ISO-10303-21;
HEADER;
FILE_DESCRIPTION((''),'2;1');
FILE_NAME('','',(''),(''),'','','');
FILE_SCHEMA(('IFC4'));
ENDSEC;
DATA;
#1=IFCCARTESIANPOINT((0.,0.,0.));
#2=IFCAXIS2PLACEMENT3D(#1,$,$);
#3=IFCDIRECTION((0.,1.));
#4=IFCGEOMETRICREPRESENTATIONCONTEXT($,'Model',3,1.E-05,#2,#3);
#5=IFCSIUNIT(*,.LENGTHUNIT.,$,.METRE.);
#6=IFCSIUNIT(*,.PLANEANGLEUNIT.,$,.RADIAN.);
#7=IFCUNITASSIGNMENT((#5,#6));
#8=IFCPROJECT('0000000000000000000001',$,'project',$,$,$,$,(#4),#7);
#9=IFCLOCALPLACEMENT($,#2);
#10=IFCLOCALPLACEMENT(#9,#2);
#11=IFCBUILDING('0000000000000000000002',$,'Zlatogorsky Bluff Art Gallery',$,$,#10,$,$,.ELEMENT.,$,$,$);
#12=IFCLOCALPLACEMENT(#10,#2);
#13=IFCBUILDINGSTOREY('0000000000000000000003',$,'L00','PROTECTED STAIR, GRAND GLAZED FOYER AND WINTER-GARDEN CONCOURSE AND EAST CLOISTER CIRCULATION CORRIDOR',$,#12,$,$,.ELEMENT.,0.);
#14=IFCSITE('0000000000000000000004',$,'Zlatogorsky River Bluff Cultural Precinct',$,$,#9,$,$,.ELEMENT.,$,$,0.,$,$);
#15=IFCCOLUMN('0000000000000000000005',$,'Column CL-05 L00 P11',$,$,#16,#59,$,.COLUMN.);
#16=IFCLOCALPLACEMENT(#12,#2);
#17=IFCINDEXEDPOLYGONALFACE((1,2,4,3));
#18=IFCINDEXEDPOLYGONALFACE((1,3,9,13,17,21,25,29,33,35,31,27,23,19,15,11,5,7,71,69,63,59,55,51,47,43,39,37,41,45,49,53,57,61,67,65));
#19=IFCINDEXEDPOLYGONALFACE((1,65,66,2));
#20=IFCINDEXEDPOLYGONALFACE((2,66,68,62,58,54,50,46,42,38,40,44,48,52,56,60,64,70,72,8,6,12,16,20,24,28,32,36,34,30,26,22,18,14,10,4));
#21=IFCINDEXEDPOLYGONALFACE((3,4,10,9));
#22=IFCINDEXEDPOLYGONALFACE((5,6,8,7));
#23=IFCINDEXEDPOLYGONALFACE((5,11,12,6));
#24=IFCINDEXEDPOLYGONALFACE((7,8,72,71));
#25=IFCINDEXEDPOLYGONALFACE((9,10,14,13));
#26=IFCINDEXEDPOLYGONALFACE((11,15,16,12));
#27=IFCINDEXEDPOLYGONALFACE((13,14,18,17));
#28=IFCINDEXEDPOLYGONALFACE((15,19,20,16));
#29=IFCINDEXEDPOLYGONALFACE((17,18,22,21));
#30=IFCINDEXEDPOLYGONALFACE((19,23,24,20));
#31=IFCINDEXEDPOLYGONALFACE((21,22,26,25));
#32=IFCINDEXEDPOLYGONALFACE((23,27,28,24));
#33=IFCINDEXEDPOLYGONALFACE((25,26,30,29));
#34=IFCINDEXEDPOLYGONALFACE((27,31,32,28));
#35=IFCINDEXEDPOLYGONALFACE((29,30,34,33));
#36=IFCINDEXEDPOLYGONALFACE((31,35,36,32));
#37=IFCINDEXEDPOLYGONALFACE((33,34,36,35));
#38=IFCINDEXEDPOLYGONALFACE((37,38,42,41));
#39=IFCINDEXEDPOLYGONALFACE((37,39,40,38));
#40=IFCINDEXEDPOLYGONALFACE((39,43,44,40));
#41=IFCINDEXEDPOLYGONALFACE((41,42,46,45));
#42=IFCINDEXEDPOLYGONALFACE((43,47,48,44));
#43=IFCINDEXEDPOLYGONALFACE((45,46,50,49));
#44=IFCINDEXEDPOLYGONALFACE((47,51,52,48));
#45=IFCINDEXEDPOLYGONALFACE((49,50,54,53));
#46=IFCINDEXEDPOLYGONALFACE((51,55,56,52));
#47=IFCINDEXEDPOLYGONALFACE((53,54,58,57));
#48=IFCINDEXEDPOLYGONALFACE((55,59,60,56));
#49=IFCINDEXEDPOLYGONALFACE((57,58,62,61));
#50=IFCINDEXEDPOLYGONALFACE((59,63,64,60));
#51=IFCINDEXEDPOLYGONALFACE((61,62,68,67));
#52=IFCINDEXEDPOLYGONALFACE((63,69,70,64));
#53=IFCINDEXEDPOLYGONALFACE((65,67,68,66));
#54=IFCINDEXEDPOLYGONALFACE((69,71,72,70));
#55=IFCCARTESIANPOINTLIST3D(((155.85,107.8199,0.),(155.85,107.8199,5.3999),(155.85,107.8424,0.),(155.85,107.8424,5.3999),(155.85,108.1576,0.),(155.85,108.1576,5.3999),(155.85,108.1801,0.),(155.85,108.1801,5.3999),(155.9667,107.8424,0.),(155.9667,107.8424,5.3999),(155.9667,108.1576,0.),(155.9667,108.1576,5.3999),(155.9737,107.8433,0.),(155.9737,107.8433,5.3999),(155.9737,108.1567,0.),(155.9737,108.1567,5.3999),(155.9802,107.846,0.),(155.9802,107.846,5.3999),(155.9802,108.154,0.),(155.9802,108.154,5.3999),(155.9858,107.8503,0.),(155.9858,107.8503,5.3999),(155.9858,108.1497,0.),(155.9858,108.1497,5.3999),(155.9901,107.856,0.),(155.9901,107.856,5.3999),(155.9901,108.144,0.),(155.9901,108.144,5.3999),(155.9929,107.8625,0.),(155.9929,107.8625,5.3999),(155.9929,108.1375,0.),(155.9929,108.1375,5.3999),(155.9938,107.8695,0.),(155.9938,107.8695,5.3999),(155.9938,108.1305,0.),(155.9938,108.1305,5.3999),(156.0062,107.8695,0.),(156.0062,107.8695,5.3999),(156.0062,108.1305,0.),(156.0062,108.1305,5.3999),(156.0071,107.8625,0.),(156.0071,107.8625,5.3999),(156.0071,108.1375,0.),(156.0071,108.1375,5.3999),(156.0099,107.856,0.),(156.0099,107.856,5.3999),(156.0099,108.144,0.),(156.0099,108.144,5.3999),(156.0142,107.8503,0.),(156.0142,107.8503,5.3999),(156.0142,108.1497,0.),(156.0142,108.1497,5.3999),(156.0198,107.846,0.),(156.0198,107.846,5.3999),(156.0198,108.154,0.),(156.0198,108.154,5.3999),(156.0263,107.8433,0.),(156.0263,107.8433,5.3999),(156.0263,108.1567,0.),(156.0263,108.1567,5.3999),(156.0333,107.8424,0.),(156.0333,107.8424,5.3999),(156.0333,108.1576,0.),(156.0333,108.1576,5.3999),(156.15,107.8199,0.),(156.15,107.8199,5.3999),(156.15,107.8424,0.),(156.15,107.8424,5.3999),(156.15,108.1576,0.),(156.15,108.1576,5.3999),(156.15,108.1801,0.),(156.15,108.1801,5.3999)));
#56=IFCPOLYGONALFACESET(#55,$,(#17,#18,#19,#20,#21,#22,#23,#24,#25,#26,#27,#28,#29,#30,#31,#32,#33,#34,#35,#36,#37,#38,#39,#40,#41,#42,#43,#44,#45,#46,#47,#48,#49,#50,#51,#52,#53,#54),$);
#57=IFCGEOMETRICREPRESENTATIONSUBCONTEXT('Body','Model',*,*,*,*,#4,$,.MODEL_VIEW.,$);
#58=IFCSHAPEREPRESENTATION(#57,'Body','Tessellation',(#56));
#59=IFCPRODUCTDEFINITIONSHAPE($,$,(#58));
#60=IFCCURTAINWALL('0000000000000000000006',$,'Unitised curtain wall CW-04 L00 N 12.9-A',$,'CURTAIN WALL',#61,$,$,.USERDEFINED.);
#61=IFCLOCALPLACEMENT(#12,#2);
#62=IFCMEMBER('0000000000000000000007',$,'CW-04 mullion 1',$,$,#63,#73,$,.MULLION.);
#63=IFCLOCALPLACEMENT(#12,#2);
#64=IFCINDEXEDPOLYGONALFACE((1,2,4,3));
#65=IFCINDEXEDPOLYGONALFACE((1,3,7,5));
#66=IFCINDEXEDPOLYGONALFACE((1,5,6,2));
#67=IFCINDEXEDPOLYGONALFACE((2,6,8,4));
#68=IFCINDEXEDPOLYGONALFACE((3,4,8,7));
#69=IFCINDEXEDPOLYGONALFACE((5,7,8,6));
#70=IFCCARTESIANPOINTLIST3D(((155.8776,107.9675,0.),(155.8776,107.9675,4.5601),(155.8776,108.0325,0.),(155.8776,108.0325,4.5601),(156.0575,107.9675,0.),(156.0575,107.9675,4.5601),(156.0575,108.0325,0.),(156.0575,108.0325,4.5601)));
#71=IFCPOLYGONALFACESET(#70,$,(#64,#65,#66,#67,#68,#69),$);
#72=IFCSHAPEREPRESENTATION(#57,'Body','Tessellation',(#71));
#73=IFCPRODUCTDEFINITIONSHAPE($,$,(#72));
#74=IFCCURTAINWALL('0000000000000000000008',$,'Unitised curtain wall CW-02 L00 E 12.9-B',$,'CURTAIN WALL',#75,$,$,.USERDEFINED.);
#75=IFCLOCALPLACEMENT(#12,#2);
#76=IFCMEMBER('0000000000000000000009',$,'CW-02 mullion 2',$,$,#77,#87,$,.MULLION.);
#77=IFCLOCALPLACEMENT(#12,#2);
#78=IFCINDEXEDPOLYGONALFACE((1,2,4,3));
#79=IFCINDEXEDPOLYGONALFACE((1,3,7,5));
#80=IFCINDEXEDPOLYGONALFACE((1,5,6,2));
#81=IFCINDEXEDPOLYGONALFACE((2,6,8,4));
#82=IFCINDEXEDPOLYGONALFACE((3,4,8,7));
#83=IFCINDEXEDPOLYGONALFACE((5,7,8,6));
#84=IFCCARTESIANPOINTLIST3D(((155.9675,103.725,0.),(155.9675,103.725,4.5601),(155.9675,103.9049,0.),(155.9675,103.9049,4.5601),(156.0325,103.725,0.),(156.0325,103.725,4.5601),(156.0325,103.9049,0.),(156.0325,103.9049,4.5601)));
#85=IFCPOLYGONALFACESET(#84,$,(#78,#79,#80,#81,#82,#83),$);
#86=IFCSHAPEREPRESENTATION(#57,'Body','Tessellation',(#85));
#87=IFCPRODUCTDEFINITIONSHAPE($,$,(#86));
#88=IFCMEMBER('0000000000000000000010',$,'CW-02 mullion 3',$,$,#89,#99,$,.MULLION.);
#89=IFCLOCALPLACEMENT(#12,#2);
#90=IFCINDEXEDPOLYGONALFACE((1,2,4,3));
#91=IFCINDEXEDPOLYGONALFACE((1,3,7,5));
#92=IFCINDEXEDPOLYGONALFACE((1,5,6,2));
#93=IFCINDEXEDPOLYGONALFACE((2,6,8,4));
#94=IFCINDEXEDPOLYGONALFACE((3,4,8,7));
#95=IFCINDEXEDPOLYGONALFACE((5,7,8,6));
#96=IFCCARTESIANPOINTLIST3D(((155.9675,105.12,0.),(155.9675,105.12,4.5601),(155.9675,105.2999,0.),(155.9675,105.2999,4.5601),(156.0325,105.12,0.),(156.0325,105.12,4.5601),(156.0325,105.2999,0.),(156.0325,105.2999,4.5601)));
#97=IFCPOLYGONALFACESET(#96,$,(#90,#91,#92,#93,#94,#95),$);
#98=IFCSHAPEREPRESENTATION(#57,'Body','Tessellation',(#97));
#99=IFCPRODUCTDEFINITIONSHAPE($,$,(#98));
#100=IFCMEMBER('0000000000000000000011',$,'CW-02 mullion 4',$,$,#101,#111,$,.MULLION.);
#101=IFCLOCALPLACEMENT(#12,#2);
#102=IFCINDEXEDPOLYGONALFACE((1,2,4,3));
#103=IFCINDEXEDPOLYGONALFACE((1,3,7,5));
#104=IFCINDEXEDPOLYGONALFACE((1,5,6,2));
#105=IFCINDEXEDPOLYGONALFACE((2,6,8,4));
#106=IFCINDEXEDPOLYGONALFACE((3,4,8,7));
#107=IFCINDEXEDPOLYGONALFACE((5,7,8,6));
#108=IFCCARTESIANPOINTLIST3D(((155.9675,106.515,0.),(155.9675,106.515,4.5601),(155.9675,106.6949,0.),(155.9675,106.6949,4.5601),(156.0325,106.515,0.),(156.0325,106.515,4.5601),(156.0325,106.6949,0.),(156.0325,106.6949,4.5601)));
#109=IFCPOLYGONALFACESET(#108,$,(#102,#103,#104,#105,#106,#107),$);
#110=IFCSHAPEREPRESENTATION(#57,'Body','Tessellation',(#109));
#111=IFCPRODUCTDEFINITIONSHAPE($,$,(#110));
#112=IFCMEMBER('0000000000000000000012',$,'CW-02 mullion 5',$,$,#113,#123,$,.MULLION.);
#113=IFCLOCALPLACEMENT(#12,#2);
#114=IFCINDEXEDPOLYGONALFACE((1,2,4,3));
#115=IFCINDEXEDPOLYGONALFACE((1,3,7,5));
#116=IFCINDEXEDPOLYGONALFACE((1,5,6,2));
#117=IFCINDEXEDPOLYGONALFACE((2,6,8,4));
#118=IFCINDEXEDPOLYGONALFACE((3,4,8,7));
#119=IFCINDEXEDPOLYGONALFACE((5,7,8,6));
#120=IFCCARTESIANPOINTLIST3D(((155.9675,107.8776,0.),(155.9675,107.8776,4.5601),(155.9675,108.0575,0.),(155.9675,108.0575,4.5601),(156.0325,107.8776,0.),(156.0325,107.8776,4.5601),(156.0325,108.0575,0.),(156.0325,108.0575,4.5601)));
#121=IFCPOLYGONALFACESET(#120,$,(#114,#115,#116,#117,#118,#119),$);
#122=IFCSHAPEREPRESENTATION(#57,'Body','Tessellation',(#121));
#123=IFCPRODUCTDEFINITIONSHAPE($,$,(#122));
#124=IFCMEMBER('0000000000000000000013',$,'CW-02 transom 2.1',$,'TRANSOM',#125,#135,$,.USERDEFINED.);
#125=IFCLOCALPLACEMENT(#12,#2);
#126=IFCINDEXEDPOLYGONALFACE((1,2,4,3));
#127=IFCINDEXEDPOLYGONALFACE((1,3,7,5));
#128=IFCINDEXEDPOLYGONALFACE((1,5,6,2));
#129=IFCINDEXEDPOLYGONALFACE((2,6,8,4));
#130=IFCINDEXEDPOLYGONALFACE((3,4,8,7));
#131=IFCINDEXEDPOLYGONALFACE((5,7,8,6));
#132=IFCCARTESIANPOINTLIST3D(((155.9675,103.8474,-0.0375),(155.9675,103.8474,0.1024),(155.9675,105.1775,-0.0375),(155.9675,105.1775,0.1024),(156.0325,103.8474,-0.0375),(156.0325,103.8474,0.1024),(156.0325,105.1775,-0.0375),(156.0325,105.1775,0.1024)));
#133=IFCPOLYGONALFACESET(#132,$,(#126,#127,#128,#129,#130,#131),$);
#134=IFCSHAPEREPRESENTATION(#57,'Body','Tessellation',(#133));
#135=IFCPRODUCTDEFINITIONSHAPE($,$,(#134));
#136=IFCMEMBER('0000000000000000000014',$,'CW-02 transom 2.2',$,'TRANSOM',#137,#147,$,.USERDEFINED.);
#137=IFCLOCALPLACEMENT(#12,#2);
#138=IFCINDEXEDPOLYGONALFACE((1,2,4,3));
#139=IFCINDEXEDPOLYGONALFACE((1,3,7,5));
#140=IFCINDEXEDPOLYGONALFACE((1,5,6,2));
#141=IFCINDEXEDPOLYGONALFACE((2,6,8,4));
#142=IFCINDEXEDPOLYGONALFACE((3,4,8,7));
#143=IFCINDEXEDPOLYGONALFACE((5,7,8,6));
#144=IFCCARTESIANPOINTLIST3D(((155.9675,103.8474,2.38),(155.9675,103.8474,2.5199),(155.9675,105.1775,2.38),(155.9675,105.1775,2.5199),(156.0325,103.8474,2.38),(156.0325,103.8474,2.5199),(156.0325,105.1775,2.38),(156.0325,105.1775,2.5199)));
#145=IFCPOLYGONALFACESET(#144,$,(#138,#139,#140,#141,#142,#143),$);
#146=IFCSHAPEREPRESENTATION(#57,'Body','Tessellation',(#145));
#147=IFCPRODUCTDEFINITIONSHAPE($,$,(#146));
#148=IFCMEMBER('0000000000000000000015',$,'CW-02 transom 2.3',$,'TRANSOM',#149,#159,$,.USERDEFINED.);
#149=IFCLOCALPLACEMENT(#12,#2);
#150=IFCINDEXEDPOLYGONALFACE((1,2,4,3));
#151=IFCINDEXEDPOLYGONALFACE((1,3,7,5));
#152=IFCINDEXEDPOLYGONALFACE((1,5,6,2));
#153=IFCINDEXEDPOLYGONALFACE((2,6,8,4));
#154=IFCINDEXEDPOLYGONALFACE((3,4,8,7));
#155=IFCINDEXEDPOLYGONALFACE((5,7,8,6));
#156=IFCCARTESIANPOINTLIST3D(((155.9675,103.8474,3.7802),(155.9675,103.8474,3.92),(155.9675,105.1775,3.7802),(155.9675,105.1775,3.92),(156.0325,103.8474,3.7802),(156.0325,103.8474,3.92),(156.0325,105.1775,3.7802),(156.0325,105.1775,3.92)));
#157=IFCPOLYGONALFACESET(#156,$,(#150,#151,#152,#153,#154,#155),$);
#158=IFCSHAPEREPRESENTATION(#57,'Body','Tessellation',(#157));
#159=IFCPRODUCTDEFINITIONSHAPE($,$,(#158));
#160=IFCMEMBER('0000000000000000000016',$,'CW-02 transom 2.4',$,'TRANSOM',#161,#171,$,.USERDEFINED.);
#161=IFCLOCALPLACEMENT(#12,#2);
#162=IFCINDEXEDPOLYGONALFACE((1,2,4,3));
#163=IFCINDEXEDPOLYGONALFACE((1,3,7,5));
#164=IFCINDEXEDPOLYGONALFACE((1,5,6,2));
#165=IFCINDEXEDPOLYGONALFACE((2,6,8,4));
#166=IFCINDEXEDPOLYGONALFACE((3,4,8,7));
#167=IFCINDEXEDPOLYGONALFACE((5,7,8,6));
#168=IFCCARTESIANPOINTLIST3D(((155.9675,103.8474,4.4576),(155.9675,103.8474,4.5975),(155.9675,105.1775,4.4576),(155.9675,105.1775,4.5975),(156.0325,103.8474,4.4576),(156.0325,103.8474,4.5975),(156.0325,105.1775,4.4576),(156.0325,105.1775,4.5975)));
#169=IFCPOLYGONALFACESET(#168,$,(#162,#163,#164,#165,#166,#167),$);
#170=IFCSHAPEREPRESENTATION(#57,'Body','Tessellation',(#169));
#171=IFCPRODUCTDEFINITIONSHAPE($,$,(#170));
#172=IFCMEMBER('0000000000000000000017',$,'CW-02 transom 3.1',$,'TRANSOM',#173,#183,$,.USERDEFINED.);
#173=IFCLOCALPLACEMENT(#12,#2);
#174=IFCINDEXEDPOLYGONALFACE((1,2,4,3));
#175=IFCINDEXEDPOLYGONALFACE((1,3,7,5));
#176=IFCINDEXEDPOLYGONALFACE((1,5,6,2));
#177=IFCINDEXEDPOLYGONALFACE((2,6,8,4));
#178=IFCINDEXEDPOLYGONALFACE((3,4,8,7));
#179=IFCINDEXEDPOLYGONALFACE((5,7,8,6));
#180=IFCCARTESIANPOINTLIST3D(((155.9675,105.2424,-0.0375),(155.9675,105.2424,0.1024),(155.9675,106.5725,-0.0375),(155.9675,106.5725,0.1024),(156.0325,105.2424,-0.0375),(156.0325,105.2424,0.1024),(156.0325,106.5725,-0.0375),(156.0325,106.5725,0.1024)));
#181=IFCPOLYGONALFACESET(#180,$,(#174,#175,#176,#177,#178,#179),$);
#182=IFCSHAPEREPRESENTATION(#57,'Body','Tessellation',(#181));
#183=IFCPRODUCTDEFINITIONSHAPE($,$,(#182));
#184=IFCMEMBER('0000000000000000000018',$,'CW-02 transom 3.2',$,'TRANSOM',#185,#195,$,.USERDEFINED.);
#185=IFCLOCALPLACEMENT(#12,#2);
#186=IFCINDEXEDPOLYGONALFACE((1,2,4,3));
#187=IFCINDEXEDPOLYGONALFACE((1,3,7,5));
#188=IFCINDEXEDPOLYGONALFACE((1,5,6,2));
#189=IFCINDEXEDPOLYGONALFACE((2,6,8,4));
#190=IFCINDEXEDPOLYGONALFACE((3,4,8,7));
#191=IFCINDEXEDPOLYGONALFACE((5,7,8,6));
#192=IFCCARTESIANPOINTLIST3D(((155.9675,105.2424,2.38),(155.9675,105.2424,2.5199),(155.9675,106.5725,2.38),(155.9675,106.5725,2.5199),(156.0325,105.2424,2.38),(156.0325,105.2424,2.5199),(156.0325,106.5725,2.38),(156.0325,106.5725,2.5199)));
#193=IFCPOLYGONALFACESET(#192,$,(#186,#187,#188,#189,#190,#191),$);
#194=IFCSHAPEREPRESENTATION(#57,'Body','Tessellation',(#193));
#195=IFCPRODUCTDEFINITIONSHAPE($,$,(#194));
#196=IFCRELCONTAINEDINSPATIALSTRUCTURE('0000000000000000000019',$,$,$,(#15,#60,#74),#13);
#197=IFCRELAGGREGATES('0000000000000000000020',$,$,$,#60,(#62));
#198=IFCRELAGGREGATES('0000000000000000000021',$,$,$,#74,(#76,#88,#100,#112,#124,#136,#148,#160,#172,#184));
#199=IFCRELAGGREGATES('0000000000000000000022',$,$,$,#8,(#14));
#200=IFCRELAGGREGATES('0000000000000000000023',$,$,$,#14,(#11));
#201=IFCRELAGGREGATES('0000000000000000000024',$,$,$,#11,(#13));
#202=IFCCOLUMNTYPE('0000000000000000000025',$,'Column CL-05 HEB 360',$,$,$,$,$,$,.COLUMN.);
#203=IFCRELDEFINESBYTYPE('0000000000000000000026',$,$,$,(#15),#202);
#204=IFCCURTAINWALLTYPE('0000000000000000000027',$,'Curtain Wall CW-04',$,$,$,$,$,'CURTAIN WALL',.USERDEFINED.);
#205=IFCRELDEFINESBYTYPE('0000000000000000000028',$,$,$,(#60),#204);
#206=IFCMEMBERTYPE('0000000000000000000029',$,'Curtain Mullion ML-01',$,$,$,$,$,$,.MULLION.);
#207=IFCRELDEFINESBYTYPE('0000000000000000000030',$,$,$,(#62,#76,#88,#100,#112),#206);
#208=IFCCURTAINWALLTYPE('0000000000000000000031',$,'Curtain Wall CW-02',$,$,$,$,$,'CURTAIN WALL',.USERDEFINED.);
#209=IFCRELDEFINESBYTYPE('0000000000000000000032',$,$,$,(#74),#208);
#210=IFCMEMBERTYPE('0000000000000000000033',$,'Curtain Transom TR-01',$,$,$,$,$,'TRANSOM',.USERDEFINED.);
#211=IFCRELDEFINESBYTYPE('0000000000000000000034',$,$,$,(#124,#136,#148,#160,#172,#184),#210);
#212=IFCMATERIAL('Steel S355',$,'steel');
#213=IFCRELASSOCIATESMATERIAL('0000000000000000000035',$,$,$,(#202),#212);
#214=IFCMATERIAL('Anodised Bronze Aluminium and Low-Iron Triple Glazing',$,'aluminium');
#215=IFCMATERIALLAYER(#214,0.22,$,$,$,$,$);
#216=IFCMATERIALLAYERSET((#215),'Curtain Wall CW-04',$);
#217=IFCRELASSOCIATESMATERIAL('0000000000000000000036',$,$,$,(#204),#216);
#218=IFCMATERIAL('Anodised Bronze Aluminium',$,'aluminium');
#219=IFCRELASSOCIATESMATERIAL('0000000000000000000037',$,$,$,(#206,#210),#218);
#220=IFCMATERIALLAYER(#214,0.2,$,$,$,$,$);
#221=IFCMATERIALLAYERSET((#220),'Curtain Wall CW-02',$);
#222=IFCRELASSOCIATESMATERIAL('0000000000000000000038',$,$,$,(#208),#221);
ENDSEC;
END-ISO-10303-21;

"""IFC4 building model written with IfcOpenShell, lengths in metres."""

from ifc_helpers import new_model, si_unit, direction, frame, origin, origin_2d, place, context, subcontext, project, spatial, rectangle, i_section, extrude, material, layer, layer_set, material_profile, profile_set, type_object, element, aggregate, save


model = new_model("IFC4")

# Units and contexts
model_context = context("Model", 3, precision=1e-05, world=origin(), true_north=direction((0.0, 1.0)))
body_context = subcontext(model_context, "Body", "Model", "MODEL_VIEW")
ifc_project = project(units=[si_unit("LENGTHUNIT", "METRE"), si_unit("PLANEANGLEUNIT", "RADIAN")], contexts=[model_context])

# Site, building, storey
site_placement = place(None, origin())
site = spatial("IfcSite", under=ifc_project, at=site_placement, Name="Zlatogorsky River Bluff Cultural Precinct", CompositionType="ELEMENT", RefElevation=0.0)
building_placement = place(site_placement, origin())
building = spatial("IfcBuilding", under=site, at=building_placement, Name="Zlatogorsky Bluff Art Gallery", CompositionType="ELEMENT")
storey_placement = place(building_placement, origin())
storey = spatial("IfcBuildingStorey", under=building, at=storey_placement, Name="L00", Description="PROTECTED STAIR, GRAND GLAZED FOYER AND WINTER-GARDEN CONCOURSE AND EAST CLOISTER CIRCULATION CORRIDOR", CompositionType="ELEMENT", Elevation=0.0)

# Column
ifc_material_1 = material(Name="Steel S355", Category="steel")
ifc_material_profile_1 = material_profile(ifc_material_1, i_section(OverallWidth=0.3, OverallDepth=0.3601, WebThickness=0.0125, FlangeThickness=0.0225, FilletRadius=0.0271, at=origin_2d()), Name="HEB 360")
ifc_profile_set_1 = profile_set([ifc_material_profile_1], Name="Steel S355")
column_type = type_object("IfcColumnType", Name="Column CL-05 HEB 360", PredefinedType="COLUMN", material=ifc_profile_set_1)
column_placement = place(storey_placement, frame((156.0, 108.0, 0.0), z_axis=(0.0, 0.0, 1.0), x_axis=(1.0, 0.0, 0.0)))
element("IfcColumn", 1, at=column_placement, inside=storey, type_object=column_type, Name="Column CL-05 L00 P11", PredefinedType="COLUMN", context=body_context, shape_type="SweptSolid", body=[
    extrude(i_section(OverallWidth=0.3, OverallDepth=0.3601, WebThickness=0.0125, FlangeThickness=0.0225, FilletRadius=0.0271, at=origin_2d()), origin(), (0.0, 0.0, 1.0), 5.3999),
])

# Curtain wall, member
ifc_material_2 = material(Name="Anodised Bronze Aluminium and Low-Iron Triple Glazing", Category="aluminium")
ifc_layer_1 = layer(ifc_material_2, 0.22)
ifc_layer_set_1 = layer_set([ifc_layer_1], Name="Curtain Wall CW-04")
curtain_wall_type_1 = type_object("IfcCurtainWallType", Name="Curtain Wall CW-04", ElementType="CURTAIN WALL", PredefinedType="USERDEFINED", material=ifc_layer_set_1)
curtain_wall_1_placement = place(storey_placement, origin())
curtain_wall_1 = element("IfcCurtainWall", 2, at=curtain_wall_1_placement, inside=storey, type_object=curtain_wall_type_1, Name="Unitised curtain wall CW-04 L00 N 12.9-A", ObjectType="CURTAIN WALL", PredefinedType="USERDEFINED")
ifc_material_3 = material(Name="Anodised Bronze Aluminium", Category="aluminium")
ifc_material_profile_2 = material_profile(ifc_material_3, rectangle(XDim=0.0649, YDim=0.1799, at=origin_2d()), Name="ALU MULLION 65x180")
ifc_profile_set_2 = profile_set([ifc_material_profile_2], Name="Anodised Bronze Aluminium")
member_type_1 = type_object("IfcMemberType", Name="Curtain Mullion ML-01", PredefinedType="MULLION", material=ifc_profile_set_2)
member_1_placement = place(storey_placement, frame((155.9675, 108.0, 0.0), z_axis=(0.0, 0.0, 1.0), x_axis=(0.0, -1.0, 0.0)))
member_1 = element("IfcMember", 3, at=member_1_placement, type_object=member_type_1, Name="CW-04 mullion 1", PredefinedType="MULLION", context=body_context, shape_type="SweptSolid", body=[
    extrude(rectangle(XDim=0.0649, YDim=0.1799, at=origin_2d()), origin(), (0.0, 0.0, 1.0), 4.5601),
])
aggregate(curtain_wall_1, [member_1])

# Curtain wall, members
ifc_layer_2 = layer(ifc_material_2, 0.2)
ifc_layer_set_2 = layer_set([ifc_layer_2], Name="Curtain Wall CW-02")
curtain_wall_type_2 = type_object("IfcCurtainWallType", Name="Curtain Wall CW-02", ElementType="CURTAIN WALL", PredefinedType="USERDEFINED", material=ifc_layer_set_2)
curtain_wall_2_placement = place(storey_placement, origin())
curtain_wall_2 = element("IfcCurtainWall", 4, at=curtain_wall_2_placement, inside=storey, type_object=curtain_wall_type_2, Name="Unitised curtain wall CW-02 L00 E 12.9-B", ObjectType="CURTAIN WALL", PredefinedType="USERDEFINED")
member_2_placement = place(storey_placement, frame((156.0, 103.8149, 0.0), z_axis=(0.0, 0.0, 1.0), x_axis=(-1.0, 0.0, 0.0)))
member_2 = element("IfcMember", 5, at=member_2_placement, type_object=member_type_1, Name="CW-02 mullion 2", PredefinedType="MULLION", context=body_context, shape_type="SweptSolid", body=[
    extrude(rectangle(XDim=0.0649, YDim=0.1799, at=origin_2d()), origin(), (0.0, 0.0, 1.0), 4.5601),
])
member_3_placement = place(storey_placement, frame((156.0, 105.21, 0.0), z_axis=(0.0, 0.0, 1.0), x_axis=(-1.0, 0.0, 0.0)))
member_3 = element("IfcMember", 6, at=member_3_placement, type_object=member_type_1, Name="CW-02 mullion 3", PredefinedType="MULLION", context=body_context, shape_type="SweptSolid", body=[
    extrude(rectangle(XDim=0.0649, YDim=0.1799, at=origin_2d()), origin(), (0.0, 0.0, 1.0), 4.5601),
])
member_4_placement = place(storey_placement, frame((156.0, 106.605, 0.0), z_axis=(0.0, 0.0, 1.0), x_axis=(-1.0, 0.0, 0.0)))
member_4 = element("IfcMember", 7, at=member_4_placement, type_object=member_type_1, Name="CW-02 mullion 4", PredefinedType="MULLION", context=body_context, shape_type="SweptSolid", body=[
    extrude(rectangle(XDim=0.0649, YDim=0.1799, at=origin_2d()), origin(), (0.0, 0.0, 1.0), 4.5601),
])
member_5_placement = place(storey_placement, frame((156.0, 107.9675, 0.0), z_axis=(0.0, 0.0, 1.0), x_axis=(-1.0, 0.0, 0.0)))
member_5 = element("IfcMember", 8, at=member_5_placement, type_object=member_type_1, Name="CW-02 mullion 5", PredefinedType="MULLION", context=body_context, shape_type="SweptSolid", body=[
    extrude(rectangle(XDim=0.0649, YDim=0.1799, at=origin_2d()), origin(), (0.0, 0.0, 1.0), 4.5601),
])
ifc_material_profile_3 = material_profile(ifc_material_3, rectangle(XDim=0.0649, YDim=0.1399, at=origin_2d()), Name="ALU TRANSOM 65x140")
ifc_profile_set_3 = profile_set([ifc_material_profile_3], Name="Anodised Bronze Aluminium")
member_type_2 = type_object("IfcMemberType", Name="Curtain Transom TR-01", ElementType="TRANSOM", PredefinedType="USERDEFINED", material=ifc_profile_set_3)
member_6_placement = place(storey_placement, frame((156.0, 103.8474, 0.0325), z_axis=(0.0, 1.0, 0.0), x_axis=(-1.0, 0.0, 0.0)))
member_6 = element("IfcMember", 9, at=member_6_placement, type_object=member_type_2, Name="CW-02 transom 2.1", ObjectType="TRANSOM", PredefinedType="USERDEFINED", context=body_context, shape_type="SweptSolid", body=[
    extrude(rectangle(XDim=0.0649, YDim=0.1399, at=origin_2d()), origin(), (0.0, 0.0, 1.0), 1.3301),
])
member_7_placement = place(storey_placement, frame((156.0, 103.8474, 2.45), z_axis=(0.0, 1.0, 0.0), x_axis=(-1.0, 0.0, 0.0)))
member_7 = element("IfcMember", 10, at=member_7_placement, type_object=member_type_2, Name="CW-02 transom 2.2", ObjectType="TRANSOM", PredefinedType="USERDEFINED", context=body_context, shape_type="SweptSolid", body=[
    extrude(rectangle(XDim=0.0649, YDim=0.1399, at=origin_2d()), origin(), (0.0, 0.0, 1.0), 1.3301),
])
member_8_placement = place(storey_placement, frame((156.0, 103.8474, 3.8501), z_axis=(0.0, 1.0, 0.0), x_axis=(-1.0, 0.0, 0.0)))
member_8 = element("IfcMember", 11, at=member_8_placement, type_object=member_type_2, Name="CW-02 transom 2.3", ObjectType="TRANSOM", PredefinedType="USERDEFINED", context=body_context, shape_type="SweptSolid", body=[
    extrude(rectangle(XDim=0.0649, YDim=0.1399, at=origin_2d()), origin(), (0.0, 0.0, 1.0), 1.3301),
])
member_9_placement = place(storey_placement, frame((156.0, 103.8474, 4.5276), z_axis=(0.0, 1.0, 0.0), x_axis=(-1.0, 0.0, 0.0)))
member_9 = element("IfcMember", 12, at=member_9_placement, type_object=member_type_2, Name="CW-02 transom 2.4", ObjectType="TRANSOM", PredefinedType="USERDEFINED", context=body_context, shape_type="SweptSolid", body=[
    extrude(rectangle(XDim=0.0649, YDim=0.1399, at=origin_2d()), origin(), (0.0, 0.0, 1.0), 1.3301),
])
member_10_placement = place(storey_placement, frame((156.0, 105.2424, 0.0325), z_axis=(0.0, 1.0, 0.0), x_axis=(-1.0, 0.0, 0.0)))
member_10 = element("IfcMember", 13, at=member_10_placement, type_object=member_type_2, Name="CW-02 transom 3.1", ObjectType="TRANSOM", PredefinedType="USERDEFINED", context=body_context, shape_type="SweptSolid", body=[
    extrude(rectangle(XDim=0.0649, YDim=0.1399, at=origin_2d()), origin(), (0.0, 0.0, 1.0), 1.3301),
])
member_11_placement = place(storey_placement, frame((156.0, 105.2424, 2.45), z_axis=(0.0, 1.0, 0.0), x_axis=(-1.0, 0.0, 0.0)))
member_11 = element("IfcMember", 14, at=member_11_placement, type_object=member_type_2, Name="CW-02 transom 3.2", ObjectType="TRANSOM", PredefinedType="USERDEFINED", context=body_context, shape_type="SweptSolid", body=[
    extrude(rectangle(XDim=0.0649, YDim=0.1399, at=origin_2d()), origin(), (0.0, 0.0, 1.0), 1.3301),
])
aggregate(curtain_wall_2, [member_2, member_3, member_4, member_5, member_6, member_7, member_8, member_9, member_10, member_11])

save(model, "model.ifc")
